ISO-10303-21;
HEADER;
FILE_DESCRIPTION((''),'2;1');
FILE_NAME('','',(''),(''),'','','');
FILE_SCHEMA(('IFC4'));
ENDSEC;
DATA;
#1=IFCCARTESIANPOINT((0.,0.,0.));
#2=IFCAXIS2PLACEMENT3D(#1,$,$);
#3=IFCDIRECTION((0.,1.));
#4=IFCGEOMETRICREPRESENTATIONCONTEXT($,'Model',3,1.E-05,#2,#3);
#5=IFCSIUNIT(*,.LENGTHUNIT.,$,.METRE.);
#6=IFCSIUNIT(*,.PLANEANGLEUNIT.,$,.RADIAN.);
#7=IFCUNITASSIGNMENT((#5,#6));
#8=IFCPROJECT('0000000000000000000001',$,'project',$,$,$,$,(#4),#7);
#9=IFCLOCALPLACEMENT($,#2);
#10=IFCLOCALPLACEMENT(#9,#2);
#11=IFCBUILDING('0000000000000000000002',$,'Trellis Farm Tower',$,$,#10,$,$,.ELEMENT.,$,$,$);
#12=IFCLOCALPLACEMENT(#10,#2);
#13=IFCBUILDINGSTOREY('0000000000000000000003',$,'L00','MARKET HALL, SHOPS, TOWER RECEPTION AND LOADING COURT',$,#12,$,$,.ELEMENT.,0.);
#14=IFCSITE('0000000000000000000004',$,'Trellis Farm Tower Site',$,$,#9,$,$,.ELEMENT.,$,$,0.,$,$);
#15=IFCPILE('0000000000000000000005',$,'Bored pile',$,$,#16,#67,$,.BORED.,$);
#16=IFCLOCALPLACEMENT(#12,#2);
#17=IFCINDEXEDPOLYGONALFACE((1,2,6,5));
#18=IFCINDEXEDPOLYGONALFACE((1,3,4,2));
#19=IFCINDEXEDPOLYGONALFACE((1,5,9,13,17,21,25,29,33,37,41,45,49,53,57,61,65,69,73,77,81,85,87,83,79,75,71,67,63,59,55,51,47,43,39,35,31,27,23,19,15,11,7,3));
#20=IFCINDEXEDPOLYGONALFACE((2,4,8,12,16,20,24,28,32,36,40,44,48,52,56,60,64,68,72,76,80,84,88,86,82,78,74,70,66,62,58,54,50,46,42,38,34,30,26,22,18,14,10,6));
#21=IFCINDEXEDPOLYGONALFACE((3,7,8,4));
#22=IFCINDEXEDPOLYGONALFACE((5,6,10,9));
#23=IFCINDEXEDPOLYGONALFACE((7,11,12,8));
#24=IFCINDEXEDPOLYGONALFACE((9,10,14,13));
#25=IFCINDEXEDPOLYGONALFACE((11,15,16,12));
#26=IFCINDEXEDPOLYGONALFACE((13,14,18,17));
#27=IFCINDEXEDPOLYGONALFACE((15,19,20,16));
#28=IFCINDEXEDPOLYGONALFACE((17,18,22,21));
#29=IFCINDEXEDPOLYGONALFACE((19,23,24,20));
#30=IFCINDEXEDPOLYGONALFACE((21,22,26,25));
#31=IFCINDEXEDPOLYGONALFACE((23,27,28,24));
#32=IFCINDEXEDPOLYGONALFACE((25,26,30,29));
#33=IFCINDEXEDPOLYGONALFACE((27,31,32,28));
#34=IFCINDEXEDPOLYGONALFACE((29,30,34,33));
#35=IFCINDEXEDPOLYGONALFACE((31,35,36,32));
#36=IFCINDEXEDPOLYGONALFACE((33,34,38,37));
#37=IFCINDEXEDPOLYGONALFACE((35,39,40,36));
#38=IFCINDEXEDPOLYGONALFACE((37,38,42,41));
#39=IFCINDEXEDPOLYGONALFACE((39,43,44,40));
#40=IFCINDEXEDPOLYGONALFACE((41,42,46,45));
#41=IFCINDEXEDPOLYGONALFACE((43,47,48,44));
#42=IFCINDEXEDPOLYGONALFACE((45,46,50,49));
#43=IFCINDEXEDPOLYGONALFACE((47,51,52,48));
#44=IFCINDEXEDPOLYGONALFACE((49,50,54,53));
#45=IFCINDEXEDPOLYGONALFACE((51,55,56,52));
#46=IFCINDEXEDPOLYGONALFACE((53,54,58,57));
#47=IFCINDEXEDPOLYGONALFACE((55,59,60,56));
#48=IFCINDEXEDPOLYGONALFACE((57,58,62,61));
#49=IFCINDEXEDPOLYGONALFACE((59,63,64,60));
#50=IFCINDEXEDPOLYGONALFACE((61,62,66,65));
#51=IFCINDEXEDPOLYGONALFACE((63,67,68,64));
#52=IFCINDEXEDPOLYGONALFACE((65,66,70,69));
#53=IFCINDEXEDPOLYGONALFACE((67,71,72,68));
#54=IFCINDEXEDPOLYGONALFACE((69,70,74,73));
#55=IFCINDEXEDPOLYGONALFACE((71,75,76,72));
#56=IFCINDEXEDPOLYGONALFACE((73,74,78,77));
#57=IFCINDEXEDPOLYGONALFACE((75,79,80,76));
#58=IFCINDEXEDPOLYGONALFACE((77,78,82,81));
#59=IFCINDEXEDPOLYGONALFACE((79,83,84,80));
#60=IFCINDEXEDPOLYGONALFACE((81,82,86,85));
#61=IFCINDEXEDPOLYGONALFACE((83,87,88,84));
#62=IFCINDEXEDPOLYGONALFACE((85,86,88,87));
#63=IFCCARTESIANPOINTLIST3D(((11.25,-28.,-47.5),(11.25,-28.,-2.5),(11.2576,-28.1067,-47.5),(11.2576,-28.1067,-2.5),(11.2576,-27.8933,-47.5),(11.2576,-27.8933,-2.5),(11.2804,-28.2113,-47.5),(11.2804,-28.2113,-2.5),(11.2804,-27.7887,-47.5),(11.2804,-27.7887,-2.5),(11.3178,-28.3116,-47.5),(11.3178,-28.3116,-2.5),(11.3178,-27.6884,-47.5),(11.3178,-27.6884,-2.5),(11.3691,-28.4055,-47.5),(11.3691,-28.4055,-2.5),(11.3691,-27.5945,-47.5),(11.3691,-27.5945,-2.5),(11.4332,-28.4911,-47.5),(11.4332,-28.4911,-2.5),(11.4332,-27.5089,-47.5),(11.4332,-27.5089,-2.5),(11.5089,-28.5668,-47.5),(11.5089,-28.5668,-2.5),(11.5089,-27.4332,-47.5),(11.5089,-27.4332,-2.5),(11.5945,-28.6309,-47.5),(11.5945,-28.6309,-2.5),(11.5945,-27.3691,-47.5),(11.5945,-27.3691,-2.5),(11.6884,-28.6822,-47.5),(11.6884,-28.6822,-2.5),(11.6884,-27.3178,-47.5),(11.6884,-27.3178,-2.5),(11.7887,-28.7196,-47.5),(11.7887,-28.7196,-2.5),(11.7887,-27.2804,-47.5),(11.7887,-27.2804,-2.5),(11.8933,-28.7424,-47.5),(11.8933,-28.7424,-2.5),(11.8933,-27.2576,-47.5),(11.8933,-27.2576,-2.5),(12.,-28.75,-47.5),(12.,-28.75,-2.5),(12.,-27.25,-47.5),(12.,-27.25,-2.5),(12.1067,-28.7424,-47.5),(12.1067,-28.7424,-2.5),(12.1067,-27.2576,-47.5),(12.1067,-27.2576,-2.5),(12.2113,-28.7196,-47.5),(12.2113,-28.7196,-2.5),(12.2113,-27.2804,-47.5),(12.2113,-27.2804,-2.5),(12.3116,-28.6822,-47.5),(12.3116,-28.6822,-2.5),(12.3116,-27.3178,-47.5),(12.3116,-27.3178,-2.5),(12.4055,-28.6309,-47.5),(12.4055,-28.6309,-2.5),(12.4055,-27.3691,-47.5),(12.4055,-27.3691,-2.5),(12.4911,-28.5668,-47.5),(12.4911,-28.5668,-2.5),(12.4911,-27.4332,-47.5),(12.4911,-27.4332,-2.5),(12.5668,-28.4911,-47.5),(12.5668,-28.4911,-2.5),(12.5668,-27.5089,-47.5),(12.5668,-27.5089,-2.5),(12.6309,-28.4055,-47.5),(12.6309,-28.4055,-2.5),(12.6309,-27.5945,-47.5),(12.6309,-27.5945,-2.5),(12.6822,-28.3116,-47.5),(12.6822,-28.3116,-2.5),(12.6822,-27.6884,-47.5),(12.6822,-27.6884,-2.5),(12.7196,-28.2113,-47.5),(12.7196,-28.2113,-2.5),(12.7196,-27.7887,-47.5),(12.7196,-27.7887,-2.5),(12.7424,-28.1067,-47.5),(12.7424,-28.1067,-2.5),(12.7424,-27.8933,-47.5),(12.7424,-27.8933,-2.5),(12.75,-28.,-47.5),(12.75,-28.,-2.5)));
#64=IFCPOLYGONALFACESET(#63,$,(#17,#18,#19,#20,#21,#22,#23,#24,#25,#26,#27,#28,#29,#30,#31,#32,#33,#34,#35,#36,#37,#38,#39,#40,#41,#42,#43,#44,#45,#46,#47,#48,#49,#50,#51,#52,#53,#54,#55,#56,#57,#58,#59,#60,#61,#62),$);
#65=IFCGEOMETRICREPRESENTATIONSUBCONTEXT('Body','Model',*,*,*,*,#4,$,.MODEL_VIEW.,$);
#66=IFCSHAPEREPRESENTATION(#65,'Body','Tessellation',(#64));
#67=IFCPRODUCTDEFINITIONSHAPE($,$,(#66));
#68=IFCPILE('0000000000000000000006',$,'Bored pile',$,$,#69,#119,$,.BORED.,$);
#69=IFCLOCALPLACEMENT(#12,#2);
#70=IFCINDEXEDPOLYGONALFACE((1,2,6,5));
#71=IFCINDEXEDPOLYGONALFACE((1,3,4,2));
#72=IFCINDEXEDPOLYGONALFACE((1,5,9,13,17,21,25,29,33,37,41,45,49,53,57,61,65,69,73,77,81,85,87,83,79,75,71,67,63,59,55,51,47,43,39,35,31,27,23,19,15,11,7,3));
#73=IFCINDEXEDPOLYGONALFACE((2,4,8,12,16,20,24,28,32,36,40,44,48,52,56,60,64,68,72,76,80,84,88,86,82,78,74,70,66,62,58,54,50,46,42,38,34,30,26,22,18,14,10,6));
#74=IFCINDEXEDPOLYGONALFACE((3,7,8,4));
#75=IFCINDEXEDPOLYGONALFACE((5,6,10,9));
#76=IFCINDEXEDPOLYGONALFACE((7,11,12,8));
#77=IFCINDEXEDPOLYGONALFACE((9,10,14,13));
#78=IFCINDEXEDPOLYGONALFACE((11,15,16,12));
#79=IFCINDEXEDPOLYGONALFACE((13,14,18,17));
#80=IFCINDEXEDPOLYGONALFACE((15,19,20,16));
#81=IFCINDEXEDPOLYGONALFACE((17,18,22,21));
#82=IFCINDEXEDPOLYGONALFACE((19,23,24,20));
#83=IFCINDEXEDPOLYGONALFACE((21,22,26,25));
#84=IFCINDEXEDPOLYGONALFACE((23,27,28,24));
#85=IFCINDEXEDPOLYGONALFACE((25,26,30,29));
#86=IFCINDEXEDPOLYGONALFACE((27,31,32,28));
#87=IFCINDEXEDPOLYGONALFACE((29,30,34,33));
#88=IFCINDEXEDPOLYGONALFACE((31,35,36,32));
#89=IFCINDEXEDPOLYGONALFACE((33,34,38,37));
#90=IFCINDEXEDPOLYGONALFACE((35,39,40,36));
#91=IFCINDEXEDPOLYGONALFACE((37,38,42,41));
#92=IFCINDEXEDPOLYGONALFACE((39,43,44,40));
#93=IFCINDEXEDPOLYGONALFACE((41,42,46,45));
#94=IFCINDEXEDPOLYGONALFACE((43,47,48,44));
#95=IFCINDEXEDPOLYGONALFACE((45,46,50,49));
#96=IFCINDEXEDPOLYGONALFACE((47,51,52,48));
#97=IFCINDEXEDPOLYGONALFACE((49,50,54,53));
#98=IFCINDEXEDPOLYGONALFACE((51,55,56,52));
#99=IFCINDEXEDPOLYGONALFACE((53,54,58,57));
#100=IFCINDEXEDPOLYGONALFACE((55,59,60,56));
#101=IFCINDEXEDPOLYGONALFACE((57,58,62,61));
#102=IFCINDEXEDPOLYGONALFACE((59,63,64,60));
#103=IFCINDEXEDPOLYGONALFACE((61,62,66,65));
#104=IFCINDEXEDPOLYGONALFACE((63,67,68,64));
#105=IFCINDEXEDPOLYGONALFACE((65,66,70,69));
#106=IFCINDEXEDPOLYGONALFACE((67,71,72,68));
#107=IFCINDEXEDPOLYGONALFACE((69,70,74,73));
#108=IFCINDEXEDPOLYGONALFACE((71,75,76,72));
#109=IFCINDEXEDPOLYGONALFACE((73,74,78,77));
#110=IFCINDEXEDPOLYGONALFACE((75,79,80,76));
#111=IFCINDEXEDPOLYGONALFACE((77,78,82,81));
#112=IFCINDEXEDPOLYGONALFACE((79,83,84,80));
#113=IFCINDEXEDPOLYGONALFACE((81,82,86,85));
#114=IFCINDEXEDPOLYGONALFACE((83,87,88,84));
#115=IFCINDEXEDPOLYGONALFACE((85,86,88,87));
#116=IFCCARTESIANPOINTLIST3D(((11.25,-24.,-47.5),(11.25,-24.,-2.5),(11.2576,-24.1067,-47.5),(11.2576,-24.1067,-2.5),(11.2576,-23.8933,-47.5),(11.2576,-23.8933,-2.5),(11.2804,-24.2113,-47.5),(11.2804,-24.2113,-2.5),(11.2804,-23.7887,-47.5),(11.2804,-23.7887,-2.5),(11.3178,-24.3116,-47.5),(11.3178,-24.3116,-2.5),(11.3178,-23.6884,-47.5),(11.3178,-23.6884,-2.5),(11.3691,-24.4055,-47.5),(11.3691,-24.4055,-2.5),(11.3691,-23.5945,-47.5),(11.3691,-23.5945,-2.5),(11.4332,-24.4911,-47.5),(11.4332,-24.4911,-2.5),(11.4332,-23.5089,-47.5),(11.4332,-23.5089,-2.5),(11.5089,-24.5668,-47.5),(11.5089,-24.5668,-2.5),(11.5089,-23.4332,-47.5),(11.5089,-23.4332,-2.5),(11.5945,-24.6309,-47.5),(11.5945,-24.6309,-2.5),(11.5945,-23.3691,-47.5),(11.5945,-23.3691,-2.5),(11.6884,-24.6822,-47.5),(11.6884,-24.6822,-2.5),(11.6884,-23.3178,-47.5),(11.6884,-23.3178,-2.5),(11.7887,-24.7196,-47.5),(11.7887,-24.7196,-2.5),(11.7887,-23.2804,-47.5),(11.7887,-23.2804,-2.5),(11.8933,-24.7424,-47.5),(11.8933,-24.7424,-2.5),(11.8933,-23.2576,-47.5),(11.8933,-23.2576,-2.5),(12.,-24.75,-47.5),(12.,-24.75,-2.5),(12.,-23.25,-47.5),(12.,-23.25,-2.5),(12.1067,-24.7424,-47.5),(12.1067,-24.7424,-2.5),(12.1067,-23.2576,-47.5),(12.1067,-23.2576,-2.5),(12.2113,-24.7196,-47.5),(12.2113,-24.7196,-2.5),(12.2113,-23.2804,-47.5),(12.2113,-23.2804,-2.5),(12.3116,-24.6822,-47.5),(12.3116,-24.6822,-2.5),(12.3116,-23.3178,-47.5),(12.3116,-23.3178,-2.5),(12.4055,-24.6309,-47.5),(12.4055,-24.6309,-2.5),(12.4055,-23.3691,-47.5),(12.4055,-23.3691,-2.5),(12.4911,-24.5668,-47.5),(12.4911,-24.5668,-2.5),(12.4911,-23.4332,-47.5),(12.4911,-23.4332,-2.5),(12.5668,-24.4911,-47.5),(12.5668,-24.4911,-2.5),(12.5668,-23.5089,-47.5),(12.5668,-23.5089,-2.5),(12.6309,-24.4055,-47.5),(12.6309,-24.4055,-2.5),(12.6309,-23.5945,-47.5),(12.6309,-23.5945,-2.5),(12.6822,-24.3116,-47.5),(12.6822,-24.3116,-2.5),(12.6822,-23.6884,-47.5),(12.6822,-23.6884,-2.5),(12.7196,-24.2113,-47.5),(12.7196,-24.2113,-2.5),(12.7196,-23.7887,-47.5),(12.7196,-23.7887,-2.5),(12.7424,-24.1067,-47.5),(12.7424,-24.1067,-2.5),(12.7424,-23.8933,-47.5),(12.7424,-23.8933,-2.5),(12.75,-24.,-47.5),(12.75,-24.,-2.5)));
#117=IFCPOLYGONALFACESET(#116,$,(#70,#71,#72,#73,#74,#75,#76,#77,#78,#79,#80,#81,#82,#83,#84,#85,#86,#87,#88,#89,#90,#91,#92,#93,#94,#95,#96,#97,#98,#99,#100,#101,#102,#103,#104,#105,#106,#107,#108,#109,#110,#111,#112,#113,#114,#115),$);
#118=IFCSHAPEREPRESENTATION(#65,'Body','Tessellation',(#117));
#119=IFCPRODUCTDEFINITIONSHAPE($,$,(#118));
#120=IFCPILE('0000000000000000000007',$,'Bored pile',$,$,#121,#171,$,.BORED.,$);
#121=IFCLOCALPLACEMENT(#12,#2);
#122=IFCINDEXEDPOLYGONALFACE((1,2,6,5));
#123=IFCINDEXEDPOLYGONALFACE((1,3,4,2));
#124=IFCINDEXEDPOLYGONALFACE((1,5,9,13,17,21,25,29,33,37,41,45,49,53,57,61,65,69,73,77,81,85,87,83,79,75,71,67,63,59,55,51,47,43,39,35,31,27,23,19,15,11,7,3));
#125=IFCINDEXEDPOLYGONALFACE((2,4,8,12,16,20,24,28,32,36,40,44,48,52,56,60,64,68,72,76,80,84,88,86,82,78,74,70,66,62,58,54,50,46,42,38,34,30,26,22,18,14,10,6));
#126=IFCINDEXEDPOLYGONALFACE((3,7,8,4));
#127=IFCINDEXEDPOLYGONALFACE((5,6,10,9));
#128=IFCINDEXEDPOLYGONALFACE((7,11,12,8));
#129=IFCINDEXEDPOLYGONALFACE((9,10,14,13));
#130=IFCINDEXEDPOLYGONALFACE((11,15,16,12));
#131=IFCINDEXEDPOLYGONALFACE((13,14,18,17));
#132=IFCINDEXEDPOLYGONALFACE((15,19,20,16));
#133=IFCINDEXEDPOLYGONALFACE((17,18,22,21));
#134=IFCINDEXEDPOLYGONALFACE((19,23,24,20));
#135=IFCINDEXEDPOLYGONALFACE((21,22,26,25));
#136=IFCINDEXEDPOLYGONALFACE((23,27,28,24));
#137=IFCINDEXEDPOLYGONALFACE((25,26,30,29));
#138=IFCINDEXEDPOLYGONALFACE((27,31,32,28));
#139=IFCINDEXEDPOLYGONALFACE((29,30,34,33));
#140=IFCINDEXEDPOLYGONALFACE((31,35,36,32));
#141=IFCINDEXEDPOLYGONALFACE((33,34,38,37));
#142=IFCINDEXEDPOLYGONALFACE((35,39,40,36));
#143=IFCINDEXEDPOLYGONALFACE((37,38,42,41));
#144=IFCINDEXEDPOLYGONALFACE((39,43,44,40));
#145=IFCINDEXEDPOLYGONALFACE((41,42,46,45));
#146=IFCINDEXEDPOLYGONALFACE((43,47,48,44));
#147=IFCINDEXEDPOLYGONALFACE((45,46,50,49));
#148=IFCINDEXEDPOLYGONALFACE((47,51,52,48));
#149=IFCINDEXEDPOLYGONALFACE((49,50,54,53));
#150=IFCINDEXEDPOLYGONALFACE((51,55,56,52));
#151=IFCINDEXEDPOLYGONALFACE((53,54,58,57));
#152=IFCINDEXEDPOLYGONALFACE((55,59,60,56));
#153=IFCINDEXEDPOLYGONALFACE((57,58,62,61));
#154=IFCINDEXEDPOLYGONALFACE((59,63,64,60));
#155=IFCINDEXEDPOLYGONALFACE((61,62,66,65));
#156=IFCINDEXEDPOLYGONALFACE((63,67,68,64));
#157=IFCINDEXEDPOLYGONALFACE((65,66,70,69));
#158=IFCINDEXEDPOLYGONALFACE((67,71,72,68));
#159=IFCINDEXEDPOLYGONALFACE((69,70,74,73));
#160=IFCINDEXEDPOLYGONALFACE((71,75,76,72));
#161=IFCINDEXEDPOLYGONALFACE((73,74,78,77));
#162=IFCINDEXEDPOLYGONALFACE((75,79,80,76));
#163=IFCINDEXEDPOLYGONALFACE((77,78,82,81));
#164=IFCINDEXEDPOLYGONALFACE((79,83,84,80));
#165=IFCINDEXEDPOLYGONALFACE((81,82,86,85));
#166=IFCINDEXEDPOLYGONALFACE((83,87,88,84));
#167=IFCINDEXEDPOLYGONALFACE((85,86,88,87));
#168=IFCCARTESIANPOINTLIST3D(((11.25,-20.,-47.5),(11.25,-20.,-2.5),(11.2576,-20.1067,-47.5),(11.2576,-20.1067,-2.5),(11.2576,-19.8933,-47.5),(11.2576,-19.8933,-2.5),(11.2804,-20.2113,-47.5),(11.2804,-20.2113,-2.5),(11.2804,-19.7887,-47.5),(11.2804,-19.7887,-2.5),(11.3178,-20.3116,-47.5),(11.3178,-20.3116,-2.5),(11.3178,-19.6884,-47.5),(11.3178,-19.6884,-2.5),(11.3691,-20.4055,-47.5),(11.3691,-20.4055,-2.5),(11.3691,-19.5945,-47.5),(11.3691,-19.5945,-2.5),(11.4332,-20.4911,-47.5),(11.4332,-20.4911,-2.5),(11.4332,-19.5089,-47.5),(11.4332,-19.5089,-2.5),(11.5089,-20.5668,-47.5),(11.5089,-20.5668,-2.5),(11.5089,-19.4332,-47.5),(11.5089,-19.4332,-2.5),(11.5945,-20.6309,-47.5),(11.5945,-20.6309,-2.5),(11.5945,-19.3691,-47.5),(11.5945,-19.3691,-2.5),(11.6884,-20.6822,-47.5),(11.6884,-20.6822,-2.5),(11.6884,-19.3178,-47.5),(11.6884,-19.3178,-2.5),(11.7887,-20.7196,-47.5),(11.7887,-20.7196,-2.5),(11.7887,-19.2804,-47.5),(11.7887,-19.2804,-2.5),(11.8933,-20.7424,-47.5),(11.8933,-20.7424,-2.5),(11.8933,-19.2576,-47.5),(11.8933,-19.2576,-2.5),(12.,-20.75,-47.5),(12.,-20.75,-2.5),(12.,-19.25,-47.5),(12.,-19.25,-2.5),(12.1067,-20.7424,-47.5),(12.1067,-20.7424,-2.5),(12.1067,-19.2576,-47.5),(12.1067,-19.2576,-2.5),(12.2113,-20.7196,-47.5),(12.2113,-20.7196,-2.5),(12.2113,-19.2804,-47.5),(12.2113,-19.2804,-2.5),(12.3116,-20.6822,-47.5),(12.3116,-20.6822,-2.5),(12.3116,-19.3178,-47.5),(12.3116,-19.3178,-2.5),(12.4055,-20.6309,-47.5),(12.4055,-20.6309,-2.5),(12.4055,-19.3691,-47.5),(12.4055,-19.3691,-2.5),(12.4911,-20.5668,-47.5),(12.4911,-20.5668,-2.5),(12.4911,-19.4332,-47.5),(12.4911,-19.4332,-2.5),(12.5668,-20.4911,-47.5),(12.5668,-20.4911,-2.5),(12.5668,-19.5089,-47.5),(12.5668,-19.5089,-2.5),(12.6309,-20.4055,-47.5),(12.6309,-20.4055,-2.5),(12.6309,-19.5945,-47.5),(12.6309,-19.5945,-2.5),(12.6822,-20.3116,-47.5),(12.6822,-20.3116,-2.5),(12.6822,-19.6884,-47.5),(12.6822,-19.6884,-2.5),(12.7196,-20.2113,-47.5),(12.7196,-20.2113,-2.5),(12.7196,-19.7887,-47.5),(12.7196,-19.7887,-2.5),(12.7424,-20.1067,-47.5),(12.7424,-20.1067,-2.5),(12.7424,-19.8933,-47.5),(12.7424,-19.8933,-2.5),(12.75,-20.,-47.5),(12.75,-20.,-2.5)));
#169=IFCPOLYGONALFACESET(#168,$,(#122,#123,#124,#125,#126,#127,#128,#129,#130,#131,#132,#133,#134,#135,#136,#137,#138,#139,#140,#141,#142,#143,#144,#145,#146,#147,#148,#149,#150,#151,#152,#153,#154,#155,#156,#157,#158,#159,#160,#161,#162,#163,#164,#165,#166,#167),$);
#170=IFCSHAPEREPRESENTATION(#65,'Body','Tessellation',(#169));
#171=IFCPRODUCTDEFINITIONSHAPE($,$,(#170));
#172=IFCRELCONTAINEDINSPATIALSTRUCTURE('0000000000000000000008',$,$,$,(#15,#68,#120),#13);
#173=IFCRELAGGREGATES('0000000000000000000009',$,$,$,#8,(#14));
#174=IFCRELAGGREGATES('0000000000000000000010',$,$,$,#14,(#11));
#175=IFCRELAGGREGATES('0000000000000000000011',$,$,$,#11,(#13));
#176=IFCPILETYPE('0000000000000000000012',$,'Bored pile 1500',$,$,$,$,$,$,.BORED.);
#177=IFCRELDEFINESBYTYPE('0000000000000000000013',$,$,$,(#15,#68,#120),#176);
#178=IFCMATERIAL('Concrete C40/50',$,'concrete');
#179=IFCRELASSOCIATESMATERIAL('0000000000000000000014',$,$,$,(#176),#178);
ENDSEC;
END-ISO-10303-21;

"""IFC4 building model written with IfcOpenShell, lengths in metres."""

from ifc_helpers import new_model, si_unit, direction, frame, origin, origin_2d, place, context, subcontext, project, spatial, circle, extrude, source, transform, mapped, material, material_profile, profile_set, type_object, element, save


model = new_model("IFC4")

# Units and contexts
model_context = context("Model", 3, precision=1e-05, world=origin(), true_north=direction((0.0, 1.0)))
body_context = subcontext(model_context, "Body", "Model", "MODEL_VIEW")
ifc_project = project(units=[si_unit("LENGTHUNIT", "METRE"), si_unit("PLANEANGLEUNIT", "RADIAN")], contexts=[model_context])

# Site, building, storey
site_placement = place(None, origin())
site = spatial("IfcSite", under=ifc_project, at=site_placement, Name="Trellis Farm Tower Site", CompositionType="ELEMENT", RefElevation=0.0)
building_placement = place(site_placement, origin())
building = spatial("IfcBuilding", under=site, at=building_placement, Name="Trellis Farm Tower", CompositionType="ELEMENT")
storey_placement = place(building_placement, origin())
storey = spatial("IfcBuildingStorey", under=building, at=storey_placement, Name="L00", Description="MARKET HALL, SHOPS, TOWER RECEPTION AND LOADING COURT", CompositionType="ELEMENT", Elevation=0.0)

# Piles
ifc_material_1 = material(Name="Concrete C40/50", Category="concrete")
ifc_material_profile = material_profile(ifc_material_1, circle(Radius=0.75, at=origin_2d()), Name="Bored pile 1500")
ifc_profile_set = profile_set([ifc_material_profile], Name="Concrete C40/50")
pile_type = type_object("IfcPileType", Name="Bored pile 1500", PredefinedType="BORED", material=ifc_profile_set)
shared_shape_1 = source(origin(), body_context, "Body", "SweptSolid", [
    extrude(circle(Radius=0.75, at=origin_2d()), origin(), (0.0, 0.0, 1.0), 45.0),
])
for number, where, z_axis, x_axis, name in (
    (1, (12.0, -28.0, -2.5), (0.0, 0.0, -1.0), (1.0, 0.0, 0.0), "Bored pile"),
    (2, (12.0, -24.0, -2.5), (0.0, 0.0, -1.0), (1.0, 0.0, 0.0), "Bored pile"),
    (3, (12.0, -20.0, -2.5), (0.0, 0.0, -1.0), (1.0, 0.0, 0.0), "Bored pile"),
):
    element("IfcPile", number, at=place(storey_placement, frame(where, z_axis=z_axis, x_axis=x_axis)), inside=storey, type_object=pile_type, Name=name, PredefinedType="BORED", context=body_context, shape_type="MappedRepresentation", body=[
        mapped(shared_shape_1, transform((0.0, 0.0, 0.0))),
    ])

save(model, "model.ifc")
